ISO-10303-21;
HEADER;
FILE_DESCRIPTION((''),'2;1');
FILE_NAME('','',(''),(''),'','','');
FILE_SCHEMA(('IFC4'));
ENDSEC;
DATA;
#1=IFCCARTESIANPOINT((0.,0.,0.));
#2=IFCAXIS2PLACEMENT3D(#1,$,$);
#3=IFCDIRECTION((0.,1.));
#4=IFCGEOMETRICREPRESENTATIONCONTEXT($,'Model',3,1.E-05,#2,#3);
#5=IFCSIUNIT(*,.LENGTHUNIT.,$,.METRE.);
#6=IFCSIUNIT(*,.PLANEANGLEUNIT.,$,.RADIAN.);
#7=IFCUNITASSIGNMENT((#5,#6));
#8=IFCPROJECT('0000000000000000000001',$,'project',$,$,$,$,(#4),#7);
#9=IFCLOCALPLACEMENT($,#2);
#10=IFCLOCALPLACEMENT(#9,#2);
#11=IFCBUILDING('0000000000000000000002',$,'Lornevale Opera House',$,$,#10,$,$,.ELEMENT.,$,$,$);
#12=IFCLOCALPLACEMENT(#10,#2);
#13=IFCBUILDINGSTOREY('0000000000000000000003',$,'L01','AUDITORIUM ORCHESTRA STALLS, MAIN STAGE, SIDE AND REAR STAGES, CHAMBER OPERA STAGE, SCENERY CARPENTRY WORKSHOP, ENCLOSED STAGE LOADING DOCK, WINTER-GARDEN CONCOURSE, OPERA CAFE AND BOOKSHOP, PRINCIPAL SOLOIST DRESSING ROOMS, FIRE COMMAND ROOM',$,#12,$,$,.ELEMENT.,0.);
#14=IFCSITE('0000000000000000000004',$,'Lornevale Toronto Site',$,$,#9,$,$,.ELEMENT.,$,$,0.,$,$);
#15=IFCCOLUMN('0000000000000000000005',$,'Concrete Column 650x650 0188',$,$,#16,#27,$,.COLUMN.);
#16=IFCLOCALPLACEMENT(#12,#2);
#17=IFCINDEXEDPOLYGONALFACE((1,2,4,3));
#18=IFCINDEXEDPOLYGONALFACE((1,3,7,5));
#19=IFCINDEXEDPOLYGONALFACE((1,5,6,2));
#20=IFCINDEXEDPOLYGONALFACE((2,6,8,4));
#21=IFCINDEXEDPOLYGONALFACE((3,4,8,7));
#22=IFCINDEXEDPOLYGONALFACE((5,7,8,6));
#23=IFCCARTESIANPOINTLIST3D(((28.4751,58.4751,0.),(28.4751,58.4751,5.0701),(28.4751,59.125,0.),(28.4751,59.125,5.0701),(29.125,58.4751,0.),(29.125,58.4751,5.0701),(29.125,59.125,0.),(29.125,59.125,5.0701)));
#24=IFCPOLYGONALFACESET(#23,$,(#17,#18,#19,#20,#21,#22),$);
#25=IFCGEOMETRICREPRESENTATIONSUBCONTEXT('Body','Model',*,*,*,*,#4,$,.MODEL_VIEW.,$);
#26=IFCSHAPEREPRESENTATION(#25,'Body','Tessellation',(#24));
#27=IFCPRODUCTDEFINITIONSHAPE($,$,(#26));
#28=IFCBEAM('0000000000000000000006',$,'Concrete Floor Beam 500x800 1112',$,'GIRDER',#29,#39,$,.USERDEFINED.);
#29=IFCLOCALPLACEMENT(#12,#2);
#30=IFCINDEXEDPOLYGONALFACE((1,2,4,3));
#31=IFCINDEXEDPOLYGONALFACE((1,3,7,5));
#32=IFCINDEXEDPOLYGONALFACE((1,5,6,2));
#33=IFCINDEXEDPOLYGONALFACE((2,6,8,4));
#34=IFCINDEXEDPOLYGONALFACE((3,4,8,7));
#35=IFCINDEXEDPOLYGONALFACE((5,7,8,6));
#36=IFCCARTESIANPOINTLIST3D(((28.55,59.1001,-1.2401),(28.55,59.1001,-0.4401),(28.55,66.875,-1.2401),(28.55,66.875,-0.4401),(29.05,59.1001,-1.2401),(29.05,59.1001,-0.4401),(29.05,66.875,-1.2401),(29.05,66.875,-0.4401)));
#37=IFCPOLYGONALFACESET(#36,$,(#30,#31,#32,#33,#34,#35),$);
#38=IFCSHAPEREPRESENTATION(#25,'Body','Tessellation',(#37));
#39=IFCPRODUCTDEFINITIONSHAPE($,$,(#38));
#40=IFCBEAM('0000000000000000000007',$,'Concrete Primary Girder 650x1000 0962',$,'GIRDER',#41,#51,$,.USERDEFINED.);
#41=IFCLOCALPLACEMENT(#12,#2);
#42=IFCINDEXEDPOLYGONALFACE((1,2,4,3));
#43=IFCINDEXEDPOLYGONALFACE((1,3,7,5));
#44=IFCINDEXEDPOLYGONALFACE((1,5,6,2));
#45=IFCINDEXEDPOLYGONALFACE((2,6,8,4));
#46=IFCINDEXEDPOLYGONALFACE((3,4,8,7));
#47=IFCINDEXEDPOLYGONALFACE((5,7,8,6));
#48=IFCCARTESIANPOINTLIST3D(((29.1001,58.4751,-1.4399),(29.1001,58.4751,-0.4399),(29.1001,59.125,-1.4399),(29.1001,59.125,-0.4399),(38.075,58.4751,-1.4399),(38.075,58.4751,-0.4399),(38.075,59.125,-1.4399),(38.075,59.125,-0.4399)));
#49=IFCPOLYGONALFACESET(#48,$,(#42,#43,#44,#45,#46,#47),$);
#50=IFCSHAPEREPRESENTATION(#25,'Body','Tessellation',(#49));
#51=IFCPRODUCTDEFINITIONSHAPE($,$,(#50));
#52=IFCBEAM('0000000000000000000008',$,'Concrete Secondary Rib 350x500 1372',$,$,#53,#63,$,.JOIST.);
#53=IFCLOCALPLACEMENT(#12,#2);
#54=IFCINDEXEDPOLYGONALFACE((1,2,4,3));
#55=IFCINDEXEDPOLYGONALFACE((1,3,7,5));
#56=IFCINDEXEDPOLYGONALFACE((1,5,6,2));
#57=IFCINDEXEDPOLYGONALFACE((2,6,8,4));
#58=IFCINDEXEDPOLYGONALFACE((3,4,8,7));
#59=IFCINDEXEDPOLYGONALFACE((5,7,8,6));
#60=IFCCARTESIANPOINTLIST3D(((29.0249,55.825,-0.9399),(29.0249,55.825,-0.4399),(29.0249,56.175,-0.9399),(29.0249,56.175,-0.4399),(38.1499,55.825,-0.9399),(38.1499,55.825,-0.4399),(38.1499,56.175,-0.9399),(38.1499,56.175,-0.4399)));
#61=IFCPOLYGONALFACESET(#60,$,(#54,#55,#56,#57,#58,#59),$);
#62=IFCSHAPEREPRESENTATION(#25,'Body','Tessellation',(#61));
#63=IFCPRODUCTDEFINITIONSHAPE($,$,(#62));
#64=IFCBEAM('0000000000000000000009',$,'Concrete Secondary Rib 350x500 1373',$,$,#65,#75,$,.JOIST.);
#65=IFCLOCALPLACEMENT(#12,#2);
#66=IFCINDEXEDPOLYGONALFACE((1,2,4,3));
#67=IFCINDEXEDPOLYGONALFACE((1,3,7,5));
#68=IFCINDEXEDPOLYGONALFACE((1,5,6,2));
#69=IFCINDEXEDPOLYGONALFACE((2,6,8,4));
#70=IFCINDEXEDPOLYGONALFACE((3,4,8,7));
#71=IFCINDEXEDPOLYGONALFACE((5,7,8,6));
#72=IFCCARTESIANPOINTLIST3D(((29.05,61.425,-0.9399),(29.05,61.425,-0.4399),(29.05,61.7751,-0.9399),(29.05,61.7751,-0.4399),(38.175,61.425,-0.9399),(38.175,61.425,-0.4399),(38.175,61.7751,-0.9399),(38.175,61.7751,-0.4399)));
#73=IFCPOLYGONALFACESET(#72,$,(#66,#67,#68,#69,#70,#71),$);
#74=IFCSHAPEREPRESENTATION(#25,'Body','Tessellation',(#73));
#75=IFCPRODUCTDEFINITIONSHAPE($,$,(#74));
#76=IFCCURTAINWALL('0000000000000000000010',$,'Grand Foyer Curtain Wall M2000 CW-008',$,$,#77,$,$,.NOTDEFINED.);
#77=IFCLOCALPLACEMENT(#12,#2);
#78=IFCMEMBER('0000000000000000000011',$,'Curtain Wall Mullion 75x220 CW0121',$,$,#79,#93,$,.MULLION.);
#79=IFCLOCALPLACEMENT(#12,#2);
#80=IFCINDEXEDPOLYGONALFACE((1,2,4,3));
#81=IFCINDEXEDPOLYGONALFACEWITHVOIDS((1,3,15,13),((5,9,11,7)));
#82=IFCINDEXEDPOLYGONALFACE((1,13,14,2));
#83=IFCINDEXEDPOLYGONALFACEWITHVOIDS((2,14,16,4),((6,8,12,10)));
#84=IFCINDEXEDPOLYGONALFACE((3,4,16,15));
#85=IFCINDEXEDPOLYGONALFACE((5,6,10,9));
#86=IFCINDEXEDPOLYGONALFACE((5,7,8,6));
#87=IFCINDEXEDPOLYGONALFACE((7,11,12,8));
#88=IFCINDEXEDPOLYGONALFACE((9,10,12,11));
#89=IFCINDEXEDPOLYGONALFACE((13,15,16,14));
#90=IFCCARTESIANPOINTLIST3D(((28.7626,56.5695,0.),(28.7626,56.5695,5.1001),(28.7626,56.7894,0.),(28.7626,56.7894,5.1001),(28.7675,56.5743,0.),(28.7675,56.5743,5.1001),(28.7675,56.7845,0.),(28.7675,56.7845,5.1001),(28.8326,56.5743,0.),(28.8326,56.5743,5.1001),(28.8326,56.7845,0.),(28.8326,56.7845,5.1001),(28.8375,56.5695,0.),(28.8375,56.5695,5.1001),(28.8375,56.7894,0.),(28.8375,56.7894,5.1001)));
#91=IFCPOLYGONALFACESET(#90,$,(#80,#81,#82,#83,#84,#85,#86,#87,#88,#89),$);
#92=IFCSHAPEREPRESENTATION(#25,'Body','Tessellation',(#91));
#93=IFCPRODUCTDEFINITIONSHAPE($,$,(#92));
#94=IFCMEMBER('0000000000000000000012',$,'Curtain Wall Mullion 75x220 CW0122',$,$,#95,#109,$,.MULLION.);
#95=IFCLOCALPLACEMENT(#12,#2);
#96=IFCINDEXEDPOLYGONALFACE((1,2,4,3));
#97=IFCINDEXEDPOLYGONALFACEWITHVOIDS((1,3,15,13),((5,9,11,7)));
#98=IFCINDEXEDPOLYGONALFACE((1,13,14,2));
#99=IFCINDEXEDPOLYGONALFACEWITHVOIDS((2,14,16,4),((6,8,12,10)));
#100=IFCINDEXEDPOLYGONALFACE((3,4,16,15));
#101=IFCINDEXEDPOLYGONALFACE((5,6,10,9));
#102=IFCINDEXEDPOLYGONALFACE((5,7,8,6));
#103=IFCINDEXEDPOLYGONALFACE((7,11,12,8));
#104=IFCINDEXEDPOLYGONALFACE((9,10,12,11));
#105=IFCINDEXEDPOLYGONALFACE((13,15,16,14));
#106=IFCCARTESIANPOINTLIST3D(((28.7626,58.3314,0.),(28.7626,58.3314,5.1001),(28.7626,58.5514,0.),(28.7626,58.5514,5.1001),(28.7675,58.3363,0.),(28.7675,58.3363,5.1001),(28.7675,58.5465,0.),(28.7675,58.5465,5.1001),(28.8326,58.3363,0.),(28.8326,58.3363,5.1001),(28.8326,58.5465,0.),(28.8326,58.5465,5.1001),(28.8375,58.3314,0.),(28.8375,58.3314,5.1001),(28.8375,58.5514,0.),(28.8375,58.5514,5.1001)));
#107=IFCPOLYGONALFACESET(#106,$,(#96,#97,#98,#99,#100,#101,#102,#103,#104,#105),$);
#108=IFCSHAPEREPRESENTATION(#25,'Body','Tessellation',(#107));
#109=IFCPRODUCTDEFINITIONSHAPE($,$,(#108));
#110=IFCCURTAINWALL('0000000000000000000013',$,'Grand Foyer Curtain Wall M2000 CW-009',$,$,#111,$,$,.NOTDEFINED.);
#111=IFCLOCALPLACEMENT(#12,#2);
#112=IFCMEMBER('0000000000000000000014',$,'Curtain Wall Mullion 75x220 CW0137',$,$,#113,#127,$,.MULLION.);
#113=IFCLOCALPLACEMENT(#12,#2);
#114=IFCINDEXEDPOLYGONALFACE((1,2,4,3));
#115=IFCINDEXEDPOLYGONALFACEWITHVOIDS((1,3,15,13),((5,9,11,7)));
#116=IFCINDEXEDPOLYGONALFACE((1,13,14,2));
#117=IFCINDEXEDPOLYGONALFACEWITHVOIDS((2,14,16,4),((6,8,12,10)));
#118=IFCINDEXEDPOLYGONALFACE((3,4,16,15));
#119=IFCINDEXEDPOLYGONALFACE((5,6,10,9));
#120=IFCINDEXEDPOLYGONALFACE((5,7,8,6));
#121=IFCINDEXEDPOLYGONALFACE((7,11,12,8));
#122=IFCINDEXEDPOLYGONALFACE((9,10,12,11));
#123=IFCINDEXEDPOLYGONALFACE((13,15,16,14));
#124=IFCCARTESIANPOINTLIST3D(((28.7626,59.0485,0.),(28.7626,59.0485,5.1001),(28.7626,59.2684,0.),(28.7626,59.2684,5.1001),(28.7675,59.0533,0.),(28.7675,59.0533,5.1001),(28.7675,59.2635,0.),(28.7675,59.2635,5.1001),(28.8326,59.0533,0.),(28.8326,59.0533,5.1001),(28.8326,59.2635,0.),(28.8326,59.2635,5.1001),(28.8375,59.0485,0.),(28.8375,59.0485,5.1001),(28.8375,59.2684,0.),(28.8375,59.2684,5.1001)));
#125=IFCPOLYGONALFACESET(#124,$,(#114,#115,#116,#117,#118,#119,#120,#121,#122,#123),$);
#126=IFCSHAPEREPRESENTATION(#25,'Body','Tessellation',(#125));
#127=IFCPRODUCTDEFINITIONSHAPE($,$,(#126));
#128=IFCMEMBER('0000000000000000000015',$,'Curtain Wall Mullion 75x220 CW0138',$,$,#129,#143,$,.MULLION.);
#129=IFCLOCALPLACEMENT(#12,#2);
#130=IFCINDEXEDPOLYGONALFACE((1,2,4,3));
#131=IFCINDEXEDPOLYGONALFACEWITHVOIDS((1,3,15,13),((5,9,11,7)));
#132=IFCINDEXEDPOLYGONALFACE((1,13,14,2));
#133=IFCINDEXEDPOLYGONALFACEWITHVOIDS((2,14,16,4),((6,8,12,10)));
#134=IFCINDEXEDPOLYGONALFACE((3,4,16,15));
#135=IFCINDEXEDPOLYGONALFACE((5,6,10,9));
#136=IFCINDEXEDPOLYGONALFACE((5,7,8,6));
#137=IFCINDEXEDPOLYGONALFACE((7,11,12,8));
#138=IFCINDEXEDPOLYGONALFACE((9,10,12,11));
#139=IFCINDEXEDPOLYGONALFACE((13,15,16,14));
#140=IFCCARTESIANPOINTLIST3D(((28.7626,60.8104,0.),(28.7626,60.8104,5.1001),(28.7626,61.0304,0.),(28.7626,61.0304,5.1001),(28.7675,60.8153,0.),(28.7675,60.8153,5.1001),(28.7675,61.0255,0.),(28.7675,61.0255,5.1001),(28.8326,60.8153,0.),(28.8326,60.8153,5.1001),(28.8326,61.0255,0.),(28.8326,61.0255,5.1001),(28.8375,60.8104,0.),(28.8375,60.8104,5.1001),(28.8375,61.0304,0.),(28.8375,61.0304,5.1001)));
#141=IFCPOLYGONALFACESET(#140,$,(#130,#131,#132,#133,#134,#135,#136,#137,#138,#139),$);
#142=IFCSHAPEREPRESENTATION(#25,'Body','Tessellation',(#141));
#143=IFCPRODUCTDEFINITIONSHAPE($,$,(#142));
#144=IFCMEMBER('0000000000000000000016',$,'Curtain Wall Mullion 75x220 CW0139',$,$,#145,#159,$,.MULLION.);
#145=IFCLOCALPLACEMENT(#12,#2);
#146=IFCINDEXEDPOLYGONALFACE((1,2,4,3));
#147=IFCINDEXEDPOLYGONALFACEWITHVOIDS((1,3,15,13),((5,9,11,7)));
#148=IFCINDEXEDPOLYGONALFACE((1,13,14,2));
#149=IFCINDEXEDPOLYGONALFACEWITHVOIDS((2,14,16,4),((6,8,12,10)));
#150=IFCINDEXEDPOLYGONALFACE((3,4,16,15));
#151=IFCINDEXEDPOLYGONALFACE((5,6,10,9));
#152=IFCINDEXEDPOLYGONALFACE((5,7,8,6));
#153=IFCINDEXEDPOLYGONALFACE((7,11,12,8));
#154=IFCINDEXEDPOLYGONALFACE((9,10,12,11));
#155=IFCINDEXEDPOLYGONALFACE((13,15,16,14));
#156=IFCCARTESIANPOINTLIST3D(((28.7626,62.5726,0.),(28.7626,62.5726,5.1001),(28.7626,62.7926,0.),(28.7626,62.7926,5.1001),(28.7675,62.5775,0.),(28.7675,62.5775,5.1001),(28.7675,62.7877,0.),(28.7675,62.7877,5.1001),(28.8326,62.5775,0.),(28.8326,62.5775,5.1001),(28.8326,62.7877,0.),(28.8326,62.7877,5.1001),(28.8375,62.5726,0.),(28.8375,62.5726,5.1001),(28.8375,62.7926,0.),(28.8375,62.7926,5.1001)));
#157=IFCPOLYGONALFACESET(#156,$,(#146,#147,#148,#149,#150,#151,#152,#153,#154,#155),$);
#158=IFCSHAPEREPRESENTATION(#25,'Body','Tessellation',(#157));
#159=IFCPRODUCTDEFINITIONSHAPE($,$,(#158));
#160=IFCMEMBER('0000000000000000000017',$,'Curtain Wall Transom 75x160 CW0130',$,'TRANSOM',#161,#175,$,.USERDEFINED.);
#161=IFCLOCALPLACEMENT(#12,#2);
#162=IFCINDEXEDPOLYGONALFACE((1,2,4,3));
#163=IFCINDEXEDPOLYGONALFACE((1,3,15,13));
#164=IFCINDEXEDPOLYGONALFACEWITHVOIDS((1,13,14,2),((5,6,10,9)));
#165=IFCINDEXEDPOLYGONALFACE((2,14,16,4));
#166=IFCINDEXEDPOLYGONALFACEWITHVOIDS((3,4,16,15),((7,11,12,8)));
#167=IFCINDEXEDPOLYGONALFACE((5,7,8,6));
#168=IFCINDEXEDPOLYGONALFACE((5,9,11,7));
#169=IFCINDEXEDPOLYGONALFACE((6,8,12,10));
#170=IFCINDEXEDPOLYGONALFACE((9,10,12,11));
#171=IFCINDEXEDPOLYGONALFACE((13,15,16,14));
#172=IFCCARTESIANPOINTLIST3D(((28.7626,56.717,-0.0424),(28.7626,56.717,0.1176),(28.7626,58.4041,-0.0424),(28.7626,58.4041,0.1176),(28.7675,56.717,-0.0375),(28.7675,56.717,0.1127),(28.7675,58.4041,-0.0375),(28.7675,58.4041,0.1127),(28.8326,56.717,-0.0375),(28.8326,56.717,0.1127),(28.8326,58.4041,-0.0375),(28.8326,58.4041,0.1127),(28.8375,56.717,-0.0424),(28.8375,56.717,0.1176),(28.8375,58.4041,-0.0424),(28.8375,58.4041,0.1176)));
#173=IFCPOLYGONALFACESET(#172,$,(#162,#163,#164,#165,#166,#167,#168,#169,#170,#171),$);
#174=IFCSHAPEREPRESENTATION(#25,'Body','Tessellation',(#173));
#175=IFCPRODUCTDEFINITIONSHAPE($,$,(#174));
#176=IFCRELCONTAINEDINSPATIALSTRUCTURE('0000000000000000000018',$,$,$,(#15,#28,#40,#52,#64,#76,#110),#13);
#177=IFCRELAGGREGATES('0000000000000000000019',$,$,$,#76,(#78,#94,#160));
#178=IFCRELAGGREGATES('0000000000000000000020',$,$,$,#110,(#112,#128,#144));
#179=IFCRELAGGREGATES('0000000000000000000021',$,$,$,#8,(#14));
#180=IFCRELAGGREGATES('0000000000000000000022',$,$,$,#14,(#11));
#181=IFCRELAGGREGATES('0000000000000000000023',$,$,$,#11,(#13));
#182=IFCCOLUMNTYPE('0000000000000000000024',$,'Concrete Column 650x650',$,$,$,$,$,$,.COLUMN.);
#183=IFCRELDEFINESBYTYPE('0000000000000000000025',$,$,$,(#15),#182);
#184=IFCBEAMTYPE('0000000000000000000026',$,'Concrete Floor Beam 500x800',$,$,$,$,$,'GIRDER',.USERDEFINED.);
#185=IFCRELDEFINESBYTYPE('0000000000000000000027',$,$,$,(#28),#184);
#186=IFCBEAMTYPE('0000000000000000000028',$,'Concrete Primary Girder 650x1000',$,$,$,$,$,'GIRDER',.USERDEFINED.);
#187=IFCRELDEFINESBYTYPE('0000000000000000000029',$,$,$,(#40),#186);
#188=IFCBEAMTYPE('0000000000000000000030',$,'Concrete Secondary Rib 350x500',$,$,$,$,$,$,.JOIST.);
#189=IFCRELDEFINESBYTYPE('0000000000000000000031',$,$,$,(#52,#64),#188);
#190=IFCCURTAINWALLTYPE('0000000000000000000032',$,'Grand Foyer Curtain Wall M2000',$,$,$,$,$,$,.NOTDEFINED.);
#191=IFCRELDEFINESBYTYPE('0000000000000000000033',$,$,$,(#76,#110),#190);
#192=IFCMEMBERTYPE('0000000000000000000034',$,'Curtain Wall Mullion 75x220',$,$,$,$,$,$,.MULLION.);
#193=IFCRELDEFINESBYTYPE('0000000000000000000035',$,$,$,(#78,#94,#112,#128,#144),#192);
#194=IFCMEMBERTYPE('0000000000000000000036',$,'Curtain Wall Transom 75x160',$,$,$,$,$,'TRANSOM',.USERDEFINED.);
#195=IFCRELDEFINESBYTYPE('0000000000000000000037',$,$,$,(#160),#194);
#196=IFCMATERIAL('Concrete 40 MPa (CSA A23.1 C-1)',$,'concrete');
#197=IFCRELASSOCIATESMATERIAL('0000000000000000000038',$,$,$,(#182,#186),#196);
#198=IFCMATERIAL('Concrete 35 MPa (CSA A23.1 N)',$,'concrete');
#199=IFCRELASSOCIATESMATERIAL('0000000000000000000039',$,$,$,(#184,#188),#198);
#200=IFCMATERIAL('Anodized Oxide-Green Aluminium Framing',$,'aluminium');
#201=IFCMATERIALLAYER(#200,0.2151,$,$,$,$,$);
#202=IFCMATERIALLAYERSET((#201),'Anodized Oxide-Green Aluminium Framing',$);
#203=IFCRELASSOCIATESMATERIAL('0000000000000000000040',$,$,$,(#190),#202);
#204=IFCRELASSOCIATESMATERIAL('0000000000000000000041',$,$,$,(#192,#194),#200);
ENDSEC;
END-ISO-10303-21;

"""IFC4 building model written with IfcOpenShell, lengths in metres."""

from ifc_helpers import new_model, si_unit, direction, frame, origin, origin_2d, place, context, subcontext, project, spatial, rectangle, hollow_rectangle, extrude, material, layer, layer_set, material_profile, profile_set, type_object, element, aggregate, save


model = new_model("IFC4")

# Units and contexts
model_context = context("Model", 3, precision=1e-05, world=origin(), true_north=direction((0.0, 1.0)))
body_context = subcontext(model_context, "Body", "Model", "MODEL_VIEW")
ifc_project = project(units=[si_unit("LENGTHUNIT", "METRE"), si_unit("PLANEANGLEUNIT", "RADIAN")], contexts=[model_context])

# Site, building, storey
site_placement = place(None, origin())
site = spatial("IfcSite", under=ifc_project, at=site_placement, Name="Lornevale Toronto Site", CompositionType="ELEMENT", RefElevation=0.0)
building_placement = place(site_placement, origin())
building = spatial("IfcBuilding", under=site, at=building_placement, Name="Lornevale Opera House", CompositionType="ELEMENT")
storey_placement = place(building_placement, origin())
storey = spatial("IfcBuildingStorey", under=building, at=storey_placement, Name="L01", Description="AUDITORIUM ORCHESTRA STALLS, MAIN STAGE, SIDE AND REAR STAGES, CHAMBER OPERA STAGE, SCENERY CARPENTRY WORKSHOP, ENCLOSED STAGE LOADING DOCK, WINTER-GARDEN CONCOURSE, OPERA CAFE AND BOOKSHOP, PRINCIPAL SOLOIST DRESSING ROOMS, FIRE COMMAND ROOM", CompositionType="ELEMENT", Elevation=0.0)

# Column
ifc_material_1 = material(Name="Concrete 40 MPa (CSA A23.1 C-1)", Category="concrete")
ifc_material_profile_1 = material_profile(ifc_material_1, rectangle(XDim=0.6499, YDim=0.6499, at=origin_2d()), Name="RC650x650")
ifc_profile_set_1 = profile_set([ifc_material_profile_1], Name="Concrete 40 MPa (CSA A23.1 C-1)")
column_type = type_object("IfcColumnType", Name="Concrete Column 650x650", PredefinedType="COLUMN", material=ifc_profile_set_1)
column_placement = place(storey_placement, frame((28.8, 58.8, 0.0), z_axis=(0.0, 0.0, 1.0), x_axis=(1.0, 0.0, 0.0)))
element("IfcColumn", 1, at=column_placement, inside=storey, type_object=column_type, Name="Concrete Column 650x650 0188", PredefinedType="COLUMN", context=body_context, shape_type="SweptSolid", body=[
    extrude(rectangle(XDim=0.6499, YDim=0.6499, at=origin_2d()), origin(), (0.0, 0.0, 1.0), 5.0701),
])

# Beams
ifc_material_2 = material(Name="Concrete 35 MPa (CSA A23.1 N)", Category="concrete")
ifc_material_profile_2 = material_profile(ifc_material_2, rectangle(XDim=0.5, YDim=0.8, at=origin_2d()), Name="RC500x800")
ifc_profile_set_2 = profile_set([ifc_material_profile_2], Name="Concrete 35 MPa (CSA A23.1 N)")
beam_type_1 = type_object("IfcBeamType", Name="Concrete Floor Beam 500x800", ElementType="GIRDER", PredefinedType="USERDEFINED", material=ifc_profile_set_2)
beam_1_placement = place(storey_placement, frame((28.8, 59.1001, -0.8401), z_axis=(0.0, 1.0, 0.0), x_axis=(-1.0, 0.0, 0.0)))
element("IfcBeam", 2, at=beam_1_placement, inside=storey, type_object=beam_type_1, Name="Concrete Floor Beam 500x800 1112", ObjectType="GIRDER", PredefinedType="USERDEFINED", context=body_context, shape_type="SweptSolid", body=[
    extrude(rectangle(XDim=0.5, YDim=0.8, at=origin_2d()), origin(), (0.0, 0.0, 1.0), 7.7749),
])
ifc_material_profile_3 = material_profile(ifc_material_1, rectangle(XDim=0.6499, YDim=1.0, at=origin_2d()), Name="RC650x1000")
ifc_profile_set_3 = profile_set([ifc_material_profile_3], Name="Concrete 40 MPa (CSA A23.1 C-1)")
beam_type_2 = type_object("IfcBeamType", Name="Concrete Primary Girder 650x1000", ElementType="GIRDER", PredefinedType="USERDEFINED", material=ifc_profile_set_3)
beam_2_placement = place(storey_placement, frame((29.1001, 58.8, -0.9399), z_axis=(1.0, 0.0, 0.0), x_axis=(0.0, 1.0, 0.0)))
element("IfcBeam", 3, at=beam_2_placement, inside=storey, type_object=beam_type_2, Name="Concrete Primary Girder 650x1000 0962", ObjectType="GIRDER", PredefinedType="USERDEFINED", context=body_context, shape_type="SweptSolid", body=[
    extrude(rectangle(XDim=0.6499, YDim=1.0, at=origin_2d()), origin(), (0.0, 0.0, 1.0), 8.9749),
])
ifc_material_profile_4 = material_profile(ifc_material_2, rectangle(XDim=0.3501, YDim=0.5, at=origin_2d()), Name="RC350x500")
ifc_profile_set_4 = profile_set([ifc_material_profile_4], Name="Concrete 35 MPa (CSA A23.1 N)")
beam_type_3 = type_object("IfcBeamType", Name="Concrete Secondary Rib 350x500", PredefinedType="JOIST", material=ifc_profile_set_4)
for number, where, z_axis, x_axis, name in (
    (4, (29.0249, 56.0, -0.6899), (1.0, 0.0, 0.0), (0.0, 1.0, 0.0), "Concrete Secondary Rib 350x500 1372"),
    (5, (29.05, 61.6001, -0.6899), (1.0, 0.0, 0.0), (0.0, 1.0, 0.0), "Concrete Secondary Rib 350x500 1373"),
):
    element("IfcBeam", number, at=place(storey_placement, frame(where, z_axis=z_axis, x_axis=x_axis)), inside=storey, type_object=beam_type_3, Name=name, PredefinedType="JOIST", context=body_context, shape_type="SweptSolid", body=[
        extrude(rectangle(XDim=0.3501, YDim=0.5, at=origin_2d()), origin(), (0.0, 0.0, 1.0), 9.125),
    ])

# Curtain walls, members
ifc_material_3 = material(Name="Anodized Oxide-Green Aluminium Framing", Category="aluminium")
ifc_layer_1 = layer(ifc_material_3, 0.2151)
ifc_layer_set_1 = layer_set([ifc_layer_1], Name="Anodized Oxide-Green Aluminium Framing")
curtain_wall_type = type_object("IfcCurtainWallType", Name="Grand Foyer Curtain Wall M2000", PredefinedType="NOTDEFINED", material=ifc_layer_set_1)
curtain_wall_1_placement = place(storey_placement, origin())
curtain_wall_1 = element("IfcCurtainWall", 6, at=curtain_wall_1_placement, inside=storey, type_object=curtain_wall_type, Name="Grand Foyer Curtain Wall M2000 CW-008", PredefinedType="NOTDEFINED")
ifc_material_profile_5 = material_profile(ifc_material_3, hollow_rectangle(XDim=0.075, YDim=0.22, WallThickness=0.0049, at=origin_2d()), Name="ALU75x220x5")
ifc_profile_set_5 = profile_set([ifc_material_profile_5], Name="Anodized Oxide-Green Aluminium Framing")
member_type_1 = type_object("IfcMemberType", Name="Curtain Wall Mullion 75x220", PredefinedType="MULLION", material=ifc_profile_set_5)
member_1_placement = place(storey_placement, frame((28.8, 56.6794, 0.0), z_axis=(0.0, 0.0, 1.0), x_axis=(-1.0, 0.0, 0.0)))
member_1 = element("IfcMember", 7, at=member_1_placement, type_object=member_type_1, Name="Curtain Wall Mullion 75x220 CW0121", PredefinedType="MULLION", context=body_context, shape_type="SweptSolid", body=[
    extrude(hollow_rectangle(XDim=0.075, YDim=0.22, WallThickness=0.0049, at=origin_2d()), origin(), (0.0, 0.0, 1.0), 5.1001),
])
member_2_placement = place(storey_placement, frame((28.8, 58.4414, 0.0), z_axis=(0.0, 0.0, 1.0), x_axis=(-1.0, 0.0, 0.0)))
member_2 = element("IfcMember", 8, at=member_2_placement, type_object=member_type_1, Name="Curtain Wall Mullion 75x220 CW0122", PredefinedType="MULLION", context=body_context, shape_type="SweptSolid", body=[
    extrude(hollow_rectangle(XDim=0.075, YDim=0.22, WallThickness=0.0049, at=origin_2d()), origin(), (0.0, 0.0, 1.0), 5.1001),
])
curtain_wall_2_placement = place(storey_placement, origin())
curtain_wall_2 = element("IfcCurtainWall", 9, at=curtain_wall_2_placement, inside=storey, type_object=curtain_wall_type, Name="Grand Foyer Curtain Wall M2000 CW-009", PredefinedType="NOTDEFINED")
member_3_placement = place(storey_placement, frame((28.8, 59.1584, 0.0), z_axis=(0.0, 0.0, 1.0), x_axis=(-1.0, 0.0, 0.0)))
member_3 = element("IfcMember", 10, at=member_3_placement, type_object=member_type_1, Name="Curtain Wall Mullion 75x220 CW0137", PredefinedType="MULLION", context=body_context, shape_type="SweptSolid", body=[
    extrude(hollow_rectangle(XDim=0.075, YDim=0.22, WallThickness=0.0049, at=origin_2d()), origin(), (0.0, 0.0, 1.0), 5.1001),
])
member_4_placement = place(storey_placement, frame((28.8, 60.9204, 0.0), z_axis=(0.0, 0.0, 1.0), x_axis=(-1.0, 0.0, 0.0)))
member_4 = element("IfcMember", 11, at=member_4_placement, type_object=member_type_1, Name="Curtain Wall Mullion 75x220 CW0138", PredefinedType="MULLION", context=body_context, shape_type="SweptSolid", body=[
    extrude(hollow_rectangle(XDim=0.075, YDim=0.22, WallThickness=0.0049, at=origin_2d()), origin(), (0.0, 0.0, 1.0), 5.1001),
])
member_5_placement = place(storey_placement, frame((28.8, 62.6826, 0.0), z_axis=(0.0, 0.0, 1.0), x_axis=(-1.0, 0.0, 0.0)))
member_5 = element("IfcMember", 12, at=member_5_placement, type_object=member_type_1, Name="Curtain Wall Mullion 75x220 CW0139", PredefinedType="MULLION", context=body_context, shape_type="SweptSolid", body=[
    extrude(hollow_rectangle(XDim=0.075, YDim=0.22, WallThickness=0.0049, at=origin_2d()), origin(), (0.0, 0.0, 1.0), 5.1001),
])

# Member
ifc_material_profile_6 = material_profile(ifc_material_3, hollow_rectangle(XDim=0.075, YDim=0.1599, WallThickness=0.0049, at=origin_2d()), Name="ALU75x160x5")
ifc_profile_set_6 = profile_set([ifc_material_profile_6], Name="Anodized Oxide-Green Aluminium Framing")
member_type_2 = type_object("IfcMemberType", Name="Curtain Wall Transom 75x160", ElementType="TRANSOM", PredefinedType="USERDEFINED", material=ifc_profile_set_6)
member_6_placement = place(storey_placement, frame((28.8, 56.717, 0.0376), z_axis=(0.0, 1.0, 0.0), x_axis=(-1.0, 0.0, 0.0)))
member_6 = element("IfcMember", 13, at=member_6_placement, type_object=member_type_2, Name="Curtain Wall Transom 75x160 CW0130", ObjectType="TRANSOM", PredefinedType="USERDEFINED", context=body_context, shape_type="SweptSolid", body=[
    extrude(hollow_rectangle(XDim=0.075, YDim=0.1599, WallThickness=0.0049, at=origin_2d()), origin(), (0.0, 0.0, 1.0), 1.687),
])

aggregate(curtain_wall_1, [member_1, member_2, member_6])
aggregate(curtain_wall_2, [member_3, member_4, member_5])

save(model, "model.ifc")
